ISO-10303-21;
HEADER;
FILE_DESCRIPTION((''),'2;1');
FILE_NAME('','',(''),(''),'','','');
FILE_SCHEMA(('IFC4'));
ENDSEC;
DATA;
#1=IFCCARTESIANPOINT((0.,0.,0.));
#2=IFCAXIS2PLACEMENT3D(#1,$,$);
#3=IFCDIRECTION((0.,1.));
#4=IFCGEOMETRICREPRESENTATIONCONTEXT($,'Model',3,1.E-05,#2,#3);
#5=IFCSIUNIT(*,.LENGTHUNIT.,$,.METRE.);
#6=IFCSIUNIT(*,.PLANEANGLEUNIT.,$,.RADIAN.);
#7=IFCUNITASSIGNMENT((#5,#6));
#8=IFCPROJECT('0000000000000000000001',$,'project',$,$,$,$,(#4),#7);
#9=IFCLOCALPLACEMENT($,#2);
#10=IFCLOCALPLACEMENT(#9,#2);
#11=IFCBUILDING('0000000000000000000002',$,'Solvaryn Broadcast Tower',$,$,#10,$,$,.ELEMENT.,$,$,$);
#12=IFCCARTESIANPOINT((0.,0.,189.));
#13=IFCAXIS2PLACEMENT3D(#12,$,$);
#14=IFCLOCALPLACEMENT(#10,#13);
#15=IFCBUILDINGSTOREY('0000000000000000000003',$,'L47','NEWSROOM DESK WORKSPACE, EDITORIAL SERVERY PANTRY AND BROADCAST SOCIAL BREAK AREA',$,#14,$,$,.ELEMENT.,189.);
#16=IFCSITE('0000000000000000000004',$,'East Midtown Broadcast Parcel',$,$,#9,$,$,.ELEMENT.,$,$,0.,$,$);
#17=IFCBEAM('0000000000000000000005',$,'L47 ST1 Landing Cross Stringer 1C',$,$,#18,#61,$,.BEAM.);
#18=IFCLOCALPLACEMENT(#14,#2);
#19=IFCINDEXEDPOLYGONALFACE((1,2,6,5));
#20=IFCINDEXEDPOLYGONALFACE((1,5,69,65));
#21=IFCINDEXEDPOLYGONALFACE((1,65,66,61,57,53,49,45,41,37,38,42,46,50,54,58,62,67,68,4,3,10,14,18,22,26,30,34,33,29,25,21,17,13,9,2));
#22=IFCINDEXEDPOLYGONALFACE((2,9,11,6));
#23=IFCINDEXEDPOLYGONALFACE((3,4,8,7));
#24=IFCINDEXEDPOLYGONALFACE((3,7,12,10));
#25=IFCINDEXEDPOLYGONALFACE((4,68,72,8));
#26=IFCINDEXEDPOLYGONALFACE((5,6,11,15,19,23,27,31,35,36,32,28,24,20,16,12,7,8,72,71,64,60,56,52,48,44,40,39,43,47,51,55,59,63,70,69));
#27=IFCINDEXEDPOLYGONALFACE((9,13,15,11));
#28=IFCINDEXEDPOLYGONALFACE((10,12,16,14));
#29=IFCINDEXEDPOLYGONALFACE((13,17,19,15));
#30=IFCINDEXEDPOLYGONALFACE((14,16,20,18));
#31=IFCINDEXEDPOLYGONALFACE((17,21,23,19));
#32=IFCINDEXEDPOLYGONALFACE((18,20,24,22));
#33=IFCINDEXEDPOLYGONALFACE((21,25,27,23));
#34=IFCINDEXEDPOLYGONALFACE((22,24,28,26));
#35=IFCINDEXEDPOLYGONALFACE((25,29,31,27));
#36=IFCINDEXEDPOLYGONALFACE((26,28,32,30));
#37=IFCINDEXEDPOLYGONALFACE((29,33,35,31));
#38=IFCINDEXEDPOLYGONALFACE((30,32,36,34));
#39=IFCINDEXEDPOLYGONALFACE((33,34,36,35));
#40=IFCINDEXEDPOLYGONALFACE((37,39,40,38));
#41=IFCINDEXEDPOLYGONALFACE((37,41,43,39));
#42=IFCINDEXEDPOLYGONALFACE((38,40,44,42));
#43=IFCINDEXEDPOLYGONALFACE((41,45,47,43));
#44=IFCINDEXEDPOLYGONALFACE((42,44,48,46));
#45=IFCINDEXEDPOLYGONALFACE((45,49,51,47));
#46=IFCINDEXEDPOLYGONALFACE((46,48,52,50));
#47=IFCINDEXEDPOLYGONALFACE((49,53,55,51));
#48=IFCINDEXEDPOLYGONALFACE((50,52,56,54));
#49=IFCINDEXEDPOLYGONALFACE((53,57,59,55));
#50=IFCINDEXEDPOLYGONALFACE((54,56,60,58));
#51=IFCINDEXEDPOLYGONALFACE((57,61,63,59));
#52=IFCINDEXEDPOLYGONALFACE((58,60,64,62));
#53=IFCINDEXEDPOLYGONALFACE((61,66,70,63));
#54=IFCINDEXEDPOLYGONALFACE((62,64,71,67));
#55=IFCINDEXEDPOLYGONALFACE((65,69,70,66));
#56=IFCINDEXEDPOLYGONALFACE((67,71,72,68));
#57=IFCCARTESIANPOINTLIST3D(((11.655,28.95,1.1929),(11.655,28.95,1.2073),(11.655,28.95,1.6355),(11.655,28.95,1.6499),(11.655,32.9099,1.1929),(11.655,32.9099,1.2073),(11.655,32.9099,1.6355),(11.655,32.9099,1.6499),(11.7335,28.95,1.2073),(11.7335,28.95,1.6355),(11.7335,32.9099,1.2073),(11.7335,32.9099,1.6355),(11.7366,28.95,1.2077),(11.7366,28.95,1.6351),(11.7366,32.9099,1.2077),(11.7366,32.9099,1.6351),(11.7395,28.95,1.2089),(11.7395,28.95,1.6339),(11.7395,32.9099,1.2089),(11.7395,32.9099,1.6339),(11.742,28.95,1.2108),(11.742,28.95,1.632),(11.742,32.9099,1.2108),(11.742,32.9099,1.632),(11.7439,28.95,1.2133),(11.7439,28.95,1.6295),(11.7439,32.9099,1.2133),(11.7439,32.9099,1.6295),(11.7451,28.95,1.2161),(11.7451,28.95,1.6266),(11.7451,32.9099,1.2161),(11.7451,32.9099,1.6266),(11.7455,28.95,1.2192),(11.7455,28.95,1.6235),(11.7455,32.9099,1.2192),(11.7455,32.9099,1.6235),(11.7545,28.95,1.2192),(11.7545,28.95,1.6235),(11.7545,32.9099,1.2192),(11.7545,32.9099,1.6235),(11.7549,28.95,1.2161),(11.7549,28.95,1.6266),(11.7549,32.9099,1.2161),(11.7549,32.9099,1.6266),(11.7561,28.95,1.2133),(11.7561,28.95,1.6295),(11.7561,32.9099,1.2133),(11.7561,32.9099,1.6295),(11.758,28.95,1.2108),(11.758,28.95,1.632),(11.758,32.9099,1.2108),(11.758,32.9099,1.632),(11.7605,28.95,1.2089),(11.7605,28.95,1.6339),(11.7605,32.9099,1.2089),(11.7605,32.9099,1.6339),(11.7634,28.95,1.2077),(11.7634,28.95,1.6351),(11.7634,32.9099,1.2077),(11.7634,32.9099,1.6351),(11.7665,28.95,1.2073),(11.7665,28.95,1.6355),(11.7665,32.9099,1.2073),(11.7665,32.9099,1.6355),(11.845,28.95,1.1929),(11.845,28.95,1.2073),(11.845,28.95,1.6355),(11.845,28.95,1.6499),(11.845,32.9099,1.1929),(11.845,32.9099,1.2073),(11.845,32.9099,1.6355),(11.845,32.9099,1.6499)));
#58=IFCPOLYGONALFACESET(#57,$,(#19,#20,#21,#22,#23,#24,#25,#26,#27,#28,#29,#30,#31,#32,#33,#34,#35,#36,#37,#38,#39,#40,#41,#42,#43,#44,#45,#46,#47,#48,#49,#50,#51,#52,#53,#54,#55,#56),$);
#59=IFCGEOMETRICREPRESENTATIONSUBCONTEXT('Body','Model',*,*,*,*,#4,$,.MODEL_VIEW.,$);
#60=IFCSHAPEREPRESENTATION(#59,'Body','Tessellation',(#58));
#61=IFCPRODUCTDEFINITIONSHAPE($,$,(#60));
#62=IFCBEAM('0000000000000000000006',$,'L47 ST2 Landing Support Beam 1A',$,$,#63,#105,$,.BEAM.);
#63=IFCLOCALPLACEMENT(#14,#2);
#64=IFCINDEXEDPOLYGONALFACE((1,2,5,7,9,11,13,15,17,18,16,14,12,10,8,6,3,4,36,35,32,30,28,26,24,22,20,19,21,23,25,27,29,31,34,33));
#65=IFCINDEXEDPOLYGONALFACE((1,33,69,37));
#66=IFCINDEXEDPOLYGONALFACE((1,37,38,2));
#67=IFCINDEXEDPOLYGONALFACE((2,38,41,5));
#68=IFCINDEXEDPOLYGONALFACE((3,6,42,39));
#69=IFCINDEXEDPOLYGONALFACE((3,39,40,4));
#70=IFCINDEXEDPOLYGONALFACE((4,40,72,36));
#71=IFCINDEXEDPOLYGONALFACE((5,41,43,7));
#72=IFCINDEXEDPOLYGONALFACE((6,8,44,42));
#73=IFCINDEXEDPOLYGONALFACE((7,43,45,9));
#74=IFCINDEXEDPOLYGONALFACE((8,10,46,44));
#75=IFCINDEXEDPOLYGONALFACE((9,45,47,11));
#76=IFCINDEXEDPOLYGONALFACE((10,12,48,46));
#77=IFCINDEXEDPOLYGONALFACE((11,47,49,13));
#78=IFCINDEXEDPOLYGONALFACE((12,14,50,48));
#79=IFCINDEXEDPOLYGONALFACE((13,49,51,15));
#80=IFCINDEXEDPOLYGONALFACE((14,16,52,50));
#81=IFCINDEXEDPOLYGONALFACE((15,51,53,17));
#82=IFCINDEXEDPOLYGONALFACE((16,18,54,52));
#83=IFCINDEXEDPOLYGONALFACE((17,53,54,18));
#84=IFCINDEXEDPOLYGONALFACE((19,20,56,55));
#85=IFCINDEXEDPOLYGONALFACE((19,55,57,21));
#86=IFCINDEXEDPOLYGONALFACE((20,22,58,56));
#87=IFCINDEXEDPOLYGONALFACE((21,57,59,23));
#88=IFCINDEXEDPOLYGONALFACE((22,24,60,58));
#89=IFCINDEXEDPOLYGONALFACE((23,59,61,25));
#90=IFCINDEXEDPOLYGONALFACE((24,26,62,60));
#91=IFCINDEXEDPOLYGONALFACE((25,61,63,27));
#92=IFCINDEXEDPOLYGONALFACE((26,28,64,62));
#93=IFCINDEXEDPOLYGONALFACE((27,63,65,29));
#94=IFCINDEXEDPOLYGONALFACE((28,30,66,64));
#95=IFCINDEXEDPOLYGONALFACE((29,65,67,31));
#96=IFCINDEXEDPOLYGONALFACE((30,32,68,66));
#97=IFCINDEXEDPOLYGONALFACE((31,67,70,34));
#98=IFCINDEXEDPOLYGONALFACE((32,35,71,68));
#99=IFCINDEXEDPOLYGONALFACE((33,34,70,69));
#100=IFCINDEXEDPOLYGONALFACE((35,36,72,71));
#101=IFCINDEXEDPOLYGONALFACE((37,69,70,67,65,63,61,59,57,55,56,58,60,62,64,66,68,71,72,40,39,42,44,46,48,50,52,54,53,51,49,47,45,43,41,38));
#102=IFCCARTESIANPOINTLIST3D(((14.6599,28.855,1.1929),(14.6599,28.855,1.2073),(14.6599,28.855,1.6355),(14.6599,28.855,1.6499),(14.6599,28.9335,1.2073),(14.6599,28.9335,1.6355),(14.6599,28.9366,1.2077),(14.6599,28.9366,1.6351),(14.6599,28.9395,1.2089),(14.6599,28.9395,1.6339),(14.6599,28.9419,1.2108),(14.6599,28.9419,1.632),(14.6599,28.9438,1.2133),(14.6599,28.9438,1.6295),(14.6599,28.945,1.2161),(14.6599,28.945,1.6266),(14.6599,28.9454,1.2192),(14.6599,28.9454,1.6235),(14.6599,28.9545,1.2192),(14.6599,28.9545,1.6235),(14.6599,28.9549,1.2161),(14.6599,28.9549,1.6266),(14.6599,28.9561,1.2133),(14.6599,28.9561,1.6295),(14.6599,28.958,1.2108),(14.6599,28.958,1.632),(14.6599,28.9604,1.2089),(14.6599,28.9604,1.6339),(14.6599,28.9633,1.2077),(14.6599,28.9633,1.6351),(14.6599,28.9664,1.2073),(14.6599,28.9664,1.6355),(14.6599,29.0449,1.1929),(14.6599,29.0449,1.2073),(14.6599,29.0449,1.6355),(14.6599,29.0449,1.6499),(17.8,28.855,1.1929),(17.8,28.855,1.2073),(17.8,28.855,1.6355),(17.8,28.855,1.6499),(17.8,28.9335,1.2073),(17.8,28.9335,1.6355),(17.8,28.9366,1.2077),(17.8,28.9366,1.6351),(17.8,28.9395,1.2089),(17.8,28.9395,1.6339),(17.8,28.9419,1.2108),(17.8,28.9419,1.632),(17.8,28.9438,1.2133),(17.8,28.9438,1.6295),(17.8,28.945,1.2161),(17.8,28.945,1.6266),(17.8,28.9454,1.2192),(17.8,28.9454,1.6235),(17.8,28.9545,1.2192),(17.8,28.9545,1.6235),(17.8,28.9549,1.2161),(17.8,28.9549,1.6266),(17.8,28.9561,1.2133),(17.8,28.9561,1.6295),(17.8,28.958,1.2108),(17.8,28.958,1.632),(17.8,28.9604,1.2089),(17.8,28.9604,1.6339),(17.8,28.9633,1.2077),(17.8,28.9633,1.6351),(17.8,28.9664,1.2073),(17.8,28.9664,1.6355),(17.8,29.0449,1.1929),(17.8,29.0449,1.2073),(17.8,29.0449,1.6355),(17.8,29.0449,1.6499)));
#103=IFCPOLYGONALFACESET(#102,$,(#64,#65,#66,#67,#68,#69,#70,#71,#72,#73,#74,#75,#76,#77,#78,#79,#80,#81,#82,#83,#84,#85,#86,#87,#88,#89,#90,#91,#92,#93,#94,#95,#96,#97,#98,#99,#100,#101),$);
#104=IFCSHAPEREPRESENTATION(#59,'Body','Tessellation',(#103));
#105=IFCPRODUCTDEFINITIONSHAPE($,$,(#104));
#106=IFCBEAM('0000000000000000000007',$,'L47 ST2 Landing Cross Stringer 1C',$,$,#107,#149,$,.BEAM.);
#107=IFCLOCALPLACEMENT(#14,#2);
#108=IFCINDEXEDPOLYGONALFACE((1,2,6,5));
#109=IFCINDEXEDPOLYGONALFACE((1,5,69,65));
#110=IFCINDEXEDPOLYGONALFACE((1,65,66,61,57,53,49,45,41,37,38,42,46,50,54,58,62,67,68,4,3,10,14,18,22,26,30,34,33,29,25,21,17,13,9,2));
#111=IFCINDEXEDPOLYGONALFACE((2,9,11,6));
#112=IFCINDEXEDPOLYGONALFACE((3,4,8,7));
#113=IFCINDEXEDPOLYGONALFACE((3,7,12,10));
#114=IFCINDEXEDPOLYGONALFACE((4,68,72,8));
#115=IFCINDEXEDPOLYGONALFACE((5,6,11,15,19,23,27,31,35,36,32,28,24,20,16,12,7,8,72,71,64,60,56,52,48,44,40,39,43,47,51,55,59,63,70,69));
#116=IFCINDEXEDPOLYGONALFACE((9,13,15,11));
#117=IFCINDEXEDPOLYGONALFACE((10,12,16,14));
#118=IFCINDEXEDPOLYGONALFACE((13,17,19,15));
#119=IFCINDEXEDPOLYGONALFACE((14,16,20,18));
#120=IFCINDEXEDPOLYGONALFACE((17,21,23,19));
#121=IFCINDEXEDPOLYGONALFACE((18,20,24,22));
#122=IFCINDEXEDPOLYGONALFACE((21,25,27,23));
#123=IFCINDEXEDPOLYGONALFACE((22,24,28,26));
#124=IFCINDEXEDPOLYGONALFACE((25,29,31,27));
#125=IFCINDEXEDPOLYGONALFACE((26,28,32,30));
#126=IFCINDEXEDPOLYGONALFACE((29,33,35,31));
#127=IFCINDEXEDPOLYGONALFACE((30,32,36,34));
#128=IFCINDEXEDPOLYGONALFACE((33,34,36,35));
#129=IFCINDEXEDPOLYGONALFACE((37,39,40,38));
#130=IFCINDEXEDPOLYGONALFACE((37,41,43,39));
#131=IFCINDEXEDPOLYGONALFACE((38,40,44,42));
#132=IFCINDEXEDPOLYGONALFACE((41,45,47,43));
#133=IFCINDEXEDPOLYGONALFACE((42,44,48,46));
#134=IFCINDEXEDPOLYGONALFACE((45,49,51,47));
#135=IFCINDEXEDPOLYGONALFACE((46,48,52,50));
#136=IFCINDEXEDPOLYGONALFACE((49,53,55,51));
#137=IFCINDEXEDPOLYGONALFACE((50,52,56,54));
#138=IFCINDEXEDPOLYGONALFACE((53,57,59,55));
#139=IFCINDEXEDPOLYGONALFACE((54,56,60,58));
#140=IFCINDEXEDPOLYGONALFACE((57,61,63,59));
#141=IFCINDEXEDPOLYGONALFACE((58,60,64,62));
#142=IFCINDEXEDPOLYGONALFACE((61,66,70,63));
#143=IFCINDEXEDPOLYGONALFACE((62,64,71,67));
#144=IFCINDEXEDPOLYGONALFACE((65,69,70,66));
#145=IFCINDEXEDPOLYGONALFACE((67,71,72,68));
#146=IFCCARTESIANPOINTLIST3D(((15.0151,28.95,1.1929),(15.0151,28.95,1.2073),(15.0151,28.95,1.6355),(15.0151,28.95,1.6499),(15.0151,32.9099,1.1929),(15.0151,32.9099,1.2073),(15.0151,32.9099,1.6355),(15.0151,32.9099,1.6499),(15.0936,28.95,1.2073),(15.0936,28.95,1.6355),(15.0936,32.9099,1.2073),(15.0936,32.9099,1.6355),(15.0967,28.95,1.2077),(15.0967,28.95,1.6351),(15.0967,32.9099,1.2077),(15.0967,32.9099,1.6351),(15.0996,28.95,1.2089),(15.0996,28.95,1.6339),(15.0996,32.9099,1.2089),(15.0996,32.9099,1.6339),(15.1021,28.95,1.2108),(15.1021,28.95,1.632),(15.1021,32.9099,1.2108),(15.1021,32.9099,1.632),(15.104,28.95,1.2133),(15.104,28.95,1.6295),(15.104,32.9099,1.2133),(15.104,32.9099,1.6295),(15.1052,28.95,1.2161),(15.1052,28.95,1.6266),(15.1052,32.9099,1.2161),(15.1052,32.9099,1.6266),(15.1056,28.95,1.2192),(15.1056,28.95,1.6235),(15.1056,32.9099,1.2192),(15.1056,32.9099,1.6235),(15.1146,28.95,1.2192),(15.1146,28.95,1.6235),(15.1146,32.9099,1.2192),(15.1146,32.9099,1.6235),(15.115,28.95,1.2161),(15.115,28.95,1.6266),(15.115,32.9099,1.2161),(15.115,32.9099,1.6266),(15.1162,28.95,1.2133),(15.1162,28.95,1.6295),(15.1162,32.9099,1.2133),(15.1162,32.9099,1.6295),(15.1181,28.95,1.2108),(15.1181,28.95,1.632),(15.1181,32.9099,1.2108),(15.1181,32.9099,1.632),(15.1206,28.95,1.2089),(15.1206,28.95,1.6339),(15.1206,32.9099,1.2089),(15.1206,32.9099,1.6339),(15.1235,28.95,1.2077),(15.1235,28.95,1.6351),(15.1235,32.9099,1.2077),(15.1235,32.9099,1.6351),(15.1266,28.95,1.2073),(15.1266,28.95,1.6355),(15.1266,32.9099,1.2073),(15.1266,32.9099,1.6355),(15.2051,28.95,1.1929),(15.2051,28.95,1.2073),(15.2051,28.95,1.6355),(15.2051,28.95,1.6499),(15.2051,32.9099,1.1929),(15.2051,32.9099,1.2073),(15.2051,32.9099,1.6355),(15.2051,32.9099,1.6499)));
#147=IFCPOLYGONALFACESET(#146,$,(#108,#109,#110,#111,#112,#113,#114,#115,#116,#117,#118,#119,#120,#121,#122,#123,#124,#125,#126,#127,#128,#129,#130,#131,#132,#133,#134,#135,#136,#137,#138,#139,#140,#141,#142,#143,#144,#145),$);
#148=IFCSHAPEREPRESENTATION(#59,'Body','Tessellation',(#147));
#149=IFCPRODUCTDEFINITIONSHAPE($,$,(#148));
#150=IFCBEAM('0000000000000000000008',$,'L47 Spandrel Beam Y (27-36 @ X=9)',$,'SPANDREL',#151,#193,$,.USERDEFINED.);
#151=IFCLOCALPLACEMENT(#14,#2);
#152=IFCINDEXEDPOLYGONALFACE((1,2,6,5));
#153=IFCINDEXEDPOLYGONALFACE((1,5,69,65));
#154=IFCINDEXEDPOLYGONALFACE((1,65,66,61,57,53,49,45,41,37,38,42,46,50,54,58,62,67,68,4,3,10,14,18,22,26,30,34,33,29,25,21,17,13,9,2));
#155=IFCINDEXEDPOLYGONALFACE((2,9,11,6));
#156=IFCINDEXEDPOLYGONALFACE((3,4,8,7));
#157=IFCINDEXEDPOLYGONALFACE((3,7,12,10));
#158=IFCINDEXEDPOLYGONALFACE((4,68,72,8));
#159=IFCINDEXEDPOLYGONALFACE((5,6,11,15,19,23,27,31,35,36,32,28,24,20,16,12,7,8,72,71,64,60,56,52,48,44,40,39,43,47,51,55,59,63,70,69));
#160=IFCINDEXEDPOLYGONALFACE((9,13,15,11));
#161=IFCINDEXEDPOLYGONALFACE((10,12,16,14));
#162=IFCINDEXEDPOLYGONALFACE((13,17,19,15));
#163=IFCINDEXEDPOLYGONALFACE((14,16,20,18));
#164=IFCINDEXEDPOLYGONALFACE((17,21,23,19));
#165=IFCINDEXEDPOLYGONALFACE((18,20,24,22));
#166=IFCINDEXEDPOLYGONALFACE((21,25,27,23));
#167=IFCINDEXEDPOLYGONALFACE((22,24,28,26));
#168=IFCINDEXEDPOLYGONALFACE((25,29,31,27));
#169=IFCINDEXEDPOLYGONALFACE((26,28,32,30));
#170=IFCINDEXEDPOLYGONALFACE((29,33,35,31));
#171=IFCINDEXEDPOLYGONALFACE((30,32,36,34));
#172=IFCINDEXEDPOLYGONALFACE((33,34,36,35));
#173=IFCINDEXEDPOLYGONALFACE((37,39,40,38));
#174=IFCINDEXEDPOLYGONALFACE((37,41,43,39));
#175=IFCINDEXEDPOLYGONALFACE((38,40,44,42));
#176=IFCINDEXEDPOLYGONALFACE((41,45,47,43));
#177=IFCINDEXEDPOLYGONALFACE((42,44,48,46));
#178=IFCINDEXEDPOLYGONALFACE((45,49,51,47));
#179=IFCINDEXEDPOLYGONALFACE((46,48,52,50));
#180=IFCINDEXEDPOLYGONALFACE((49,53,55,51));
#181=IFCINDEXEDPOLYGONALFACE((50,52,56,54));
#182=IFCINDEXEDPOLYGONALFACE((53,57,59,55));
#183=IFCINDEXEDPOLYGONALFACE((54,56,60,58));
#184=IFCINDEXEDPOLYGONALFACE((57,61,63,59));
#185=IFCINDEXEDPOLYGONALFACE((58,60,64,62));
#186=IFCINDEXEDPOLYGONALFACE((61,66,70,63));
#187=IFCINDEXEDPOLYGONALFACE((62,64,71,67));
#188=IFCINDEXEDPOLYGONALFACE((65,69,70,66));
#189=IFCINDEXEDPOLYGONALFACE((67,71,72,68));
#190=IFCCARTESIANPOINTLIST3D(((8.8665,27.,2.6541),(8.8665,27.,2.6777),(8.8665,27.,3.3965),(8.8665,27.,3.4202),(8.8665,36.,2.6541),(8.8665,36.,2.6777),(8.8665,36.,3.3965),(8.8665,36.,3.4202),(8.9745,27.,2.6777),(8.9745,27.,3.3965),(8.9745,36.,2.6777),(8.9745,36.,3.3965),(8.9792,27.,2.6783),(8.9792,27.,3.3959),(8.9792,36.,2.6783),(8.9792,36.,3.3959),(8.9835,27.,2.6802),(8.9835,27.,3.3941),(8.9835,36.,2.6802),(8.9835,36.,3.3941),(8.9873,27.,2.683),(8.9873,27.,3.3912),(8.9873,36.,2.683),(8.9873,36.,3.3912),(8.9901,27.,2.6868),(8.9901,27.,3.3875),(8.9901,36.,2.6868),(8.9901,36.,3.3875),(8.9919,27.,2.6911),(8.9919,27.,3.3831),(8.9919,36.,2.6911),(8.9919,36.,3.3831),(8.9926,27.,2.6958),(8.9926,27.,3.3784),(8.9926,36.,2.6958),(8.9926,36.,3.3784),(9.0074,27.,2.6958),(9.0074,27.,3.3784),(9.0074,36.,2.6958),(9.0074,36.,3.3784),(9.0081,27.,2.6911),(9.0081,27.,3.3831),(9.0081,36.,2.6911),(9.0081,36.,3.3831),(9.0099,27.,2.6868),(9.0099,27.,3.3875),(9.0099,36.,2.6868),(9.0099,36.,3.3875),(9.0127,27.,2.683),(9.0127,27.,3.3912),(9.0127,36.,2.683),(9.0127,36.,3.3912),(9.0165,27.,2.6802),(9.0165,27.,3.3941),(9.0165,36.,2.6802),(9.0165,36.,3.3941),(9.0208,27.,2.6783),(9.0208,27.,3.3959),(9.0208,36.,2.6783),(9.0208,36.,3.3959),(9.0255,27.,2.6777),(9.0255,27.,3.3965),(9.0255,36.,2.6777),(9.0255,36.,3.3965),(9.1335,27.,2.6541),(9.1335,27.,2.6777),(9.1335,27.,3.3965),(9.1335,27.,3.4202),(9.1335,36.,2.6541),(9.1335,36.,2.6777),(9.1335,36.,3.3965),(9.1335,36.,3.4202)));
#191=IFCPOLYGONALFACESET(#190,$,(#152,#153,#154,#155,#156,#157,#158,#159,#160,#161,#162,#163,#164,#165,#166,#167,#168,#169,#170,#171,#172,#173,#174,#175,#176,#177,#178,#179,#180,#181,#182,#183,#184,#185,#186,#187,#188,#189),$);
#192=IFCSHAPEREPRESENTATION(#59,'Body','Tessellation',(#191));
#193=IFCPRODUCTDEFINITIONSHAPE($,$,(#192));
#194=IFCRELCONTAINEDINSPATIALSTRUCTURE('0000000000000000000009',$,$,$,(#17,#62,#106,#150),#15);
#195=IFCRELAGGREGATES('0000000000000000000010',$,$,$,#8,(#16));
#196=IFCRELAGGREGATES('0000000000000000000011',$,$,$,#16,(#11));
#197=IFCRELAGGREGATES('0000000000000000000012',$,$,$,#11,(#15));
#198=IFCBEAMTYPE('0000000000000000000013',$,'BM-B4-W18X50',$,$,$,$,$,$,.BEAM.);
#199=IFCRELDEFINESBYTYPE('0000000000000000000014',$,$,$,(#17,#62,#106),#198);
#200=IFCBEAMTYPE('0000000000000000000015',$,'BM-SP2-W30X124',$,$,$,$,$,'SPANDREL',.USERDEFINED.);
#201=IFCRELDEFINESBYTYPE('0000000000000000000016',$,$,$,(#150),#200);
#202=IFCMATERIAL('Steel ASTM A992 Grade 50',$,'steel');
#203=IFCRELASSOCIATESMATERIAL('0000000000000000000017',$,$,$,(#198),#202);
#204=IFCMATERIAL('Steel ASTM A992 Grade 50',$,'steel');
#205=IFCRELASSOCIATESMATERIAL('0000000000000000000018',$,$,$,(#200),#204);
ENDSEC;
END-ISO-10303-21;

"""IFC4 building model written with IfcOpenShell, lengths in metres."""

from ifc_helpers import new_model, si_unit, direction, frame, origin, origin_2d, place, context, subcontext, project, spatial, i_section, extrude, material, material_profile, profile_set, type_object, element, save


model = new_model("IFC4")

# Units and contexts
model_context = context("Model", 3, precision=1e-05, world=origin(), true_north=direction((0.0, 1.0)))
body_context = subcontext(model_context, "Body", "Model", "MODEL_VIEW")
ifc_project = project(units=[si_unit("LENGTHUNIT", "METRE"), si_unit("PLANEANGLEUNIT", "RADIAN")], contexts=[model_context])

# Site, building, storey
site_placement = place(None, origin())
site = spatial("IfcSite", under=ifc_project, at=site_placement, Name="East Midtown Broadcast Parcel", CompositionType="ELEMENT", RefElevation=0.0)
building_placement = place(site_placement, origin())
building = spatial("IfcBuilding", under=site, at=building_placement, Name="Solvaryn Broadcast Tower", CompositionType="ELEMENT")
storey_placement = place(building_placement, frame((0.0, 0.0, 189.0)))
storey = spatial("IfcBuildingStorey", under=building, at=storey_placement, Name="L47", Description="NEWSROOM DESK WORKSPACE, EDITORIAL SERVERY PANTRY AND BROADCAST SOCIAL BREAK AREA", CompositionType="ELEMENT", Elevation=189.0)

# Beams
ifc_material_1 = material(Name="Steel ASTM A992 Grade 50", Category="steel")
ifc_material_profile_1 = material_profile(ifc_material_1, i_section(OverallWidth=0.1899, OverallDepth=0.457, WebThickness=0.009, FlangeThickness=0.0144, FilletRadius=0.012, at=origin_2d()))
ifc_profile_set_1 = profile_set([ifc_material_profile_1], Name="Steel ASTM A992 Grade 50")
beam_type_1 = type_object("IfcBeamType", Name="BM-B4-W18X50", PredefinedType="BEAM", material=ifc_profile_set_1)
beam_1_placement = place(storey_placement, frame((11.75, 28.95, 1.4214), z_axis=(0.0, 1.0, 0.0), x_axis=(-1.0, 0.0, 0.0)))
element("IfcBeam", 1, at=beam_1_placement, inside=storey, type_object=beam_type_1, Name="L47 ST1 Landing Cross Stringer 1C", PredefinedType="BEAM", context=body_context, shape_type="SweptSolid", body=[
    extrude(i_section(OverallWidth=0.1899, OverallDepth=0.457, WebThickness=0.009, FlangeThickness=0.0144, FilletRadius=0.012, at=origin_2d()), origin(), (0.0, 0.0, 1.0), 3.96),
])
beam_2_placement = place(storey_placement, frame((14.6599, 28.95, 1.4214), z_axis=(1.0, 0.0, 0.0), x_axis=(0.0, 1.0, 0.0)))
element("IfcBeam", 2, at=beam_2_placement, inside=storey, type_object=beam_type_1, Name="L47 ST2 Landing Support Beam 1A", PredefinedType="BEAM", context=body_context, shape_type="SweptSolid", body=[
    extrude(i_section(OverallWidth=0.1899, OverallDepth=0.457, WebThickness=0.009, FlangeThickness=0.0144, FilletRadius=0.012, at=origin_2d()), origin(), (0.0, 0.0, 1.0), 3.1401),
])
beam_3_placement = place(storey_placement, frame((15.1101, 28.95, 1.4214), z_axis=(0.0, 1.0, 0.0), x_axis=(-1.0, 0.0, 0.0)))
element("IfcBeam", 3, at=beam_3_placement, inside=storey, type_object=beam_type_1, Name="L47 ST2 Landing Cross Stringer 1C", PredefinedType="BEAM", context=body_context, shape_type="SweptSolid", body=[
    extrude(i_section(OverallWidth=0.1899, OverallDepth=0.457, WebThickness=0.009, FlangeThickness=0.0144, FilletRadius=0.012, at=origin_2d()), origin(), (0.0, 0.0, 1.0), 3.96),
])
ifc_material_2 = material(Name="Steel ASTM A992 Grade 50", Category="steel")
ifc_material_profile_2 = material_profile(ifc_material_2, i_section(OverallWidth=0.2671, OverallDepth=0.7661, WebThickness=0.0149, FlangeThickness=0.0237, FilletRadius=0.0181, at=origin_2d()))
ifc_profile_set_2 = profile_set([ifc_material_profile_2], Name="Steel ASTM A992 Grade 50")
beam_type_2 = type_object("IfcBeamType", Name="BM-SP2-W30X124", ElementType="SPANDREL", PredefinedType="USERDEFINED", material=ifc_profile_set_2)
beam_4_placement = place(storey_placement, frame((9.0, 27.0, 3.0371), z_axis=(0.0, 1.0, 0.0), x_axis=(-1.0, 0.0, 0.0)))
element("IfcBeam", 4, at=beam_4_placement, inside=storey, type_object=beam_type_2, Name="L47 Spandrel Beam Y (27-36 @ X=9)", ObjectType="SPANDREL", PredefinedType="USERDEFINED", context=body_context, shape_type="SweptSolid", body=[
    extrude(i_section(OverallWidth=0.2671, OverallDepth=0.7661, WebThickness=0.0149, FlangeThickness=0.0237, FilletRadius=0.0181, at=origin_2d()), origin(), (0.0, 0.0, 1.0), 9.0),
])

save(model, "model.ifc")
